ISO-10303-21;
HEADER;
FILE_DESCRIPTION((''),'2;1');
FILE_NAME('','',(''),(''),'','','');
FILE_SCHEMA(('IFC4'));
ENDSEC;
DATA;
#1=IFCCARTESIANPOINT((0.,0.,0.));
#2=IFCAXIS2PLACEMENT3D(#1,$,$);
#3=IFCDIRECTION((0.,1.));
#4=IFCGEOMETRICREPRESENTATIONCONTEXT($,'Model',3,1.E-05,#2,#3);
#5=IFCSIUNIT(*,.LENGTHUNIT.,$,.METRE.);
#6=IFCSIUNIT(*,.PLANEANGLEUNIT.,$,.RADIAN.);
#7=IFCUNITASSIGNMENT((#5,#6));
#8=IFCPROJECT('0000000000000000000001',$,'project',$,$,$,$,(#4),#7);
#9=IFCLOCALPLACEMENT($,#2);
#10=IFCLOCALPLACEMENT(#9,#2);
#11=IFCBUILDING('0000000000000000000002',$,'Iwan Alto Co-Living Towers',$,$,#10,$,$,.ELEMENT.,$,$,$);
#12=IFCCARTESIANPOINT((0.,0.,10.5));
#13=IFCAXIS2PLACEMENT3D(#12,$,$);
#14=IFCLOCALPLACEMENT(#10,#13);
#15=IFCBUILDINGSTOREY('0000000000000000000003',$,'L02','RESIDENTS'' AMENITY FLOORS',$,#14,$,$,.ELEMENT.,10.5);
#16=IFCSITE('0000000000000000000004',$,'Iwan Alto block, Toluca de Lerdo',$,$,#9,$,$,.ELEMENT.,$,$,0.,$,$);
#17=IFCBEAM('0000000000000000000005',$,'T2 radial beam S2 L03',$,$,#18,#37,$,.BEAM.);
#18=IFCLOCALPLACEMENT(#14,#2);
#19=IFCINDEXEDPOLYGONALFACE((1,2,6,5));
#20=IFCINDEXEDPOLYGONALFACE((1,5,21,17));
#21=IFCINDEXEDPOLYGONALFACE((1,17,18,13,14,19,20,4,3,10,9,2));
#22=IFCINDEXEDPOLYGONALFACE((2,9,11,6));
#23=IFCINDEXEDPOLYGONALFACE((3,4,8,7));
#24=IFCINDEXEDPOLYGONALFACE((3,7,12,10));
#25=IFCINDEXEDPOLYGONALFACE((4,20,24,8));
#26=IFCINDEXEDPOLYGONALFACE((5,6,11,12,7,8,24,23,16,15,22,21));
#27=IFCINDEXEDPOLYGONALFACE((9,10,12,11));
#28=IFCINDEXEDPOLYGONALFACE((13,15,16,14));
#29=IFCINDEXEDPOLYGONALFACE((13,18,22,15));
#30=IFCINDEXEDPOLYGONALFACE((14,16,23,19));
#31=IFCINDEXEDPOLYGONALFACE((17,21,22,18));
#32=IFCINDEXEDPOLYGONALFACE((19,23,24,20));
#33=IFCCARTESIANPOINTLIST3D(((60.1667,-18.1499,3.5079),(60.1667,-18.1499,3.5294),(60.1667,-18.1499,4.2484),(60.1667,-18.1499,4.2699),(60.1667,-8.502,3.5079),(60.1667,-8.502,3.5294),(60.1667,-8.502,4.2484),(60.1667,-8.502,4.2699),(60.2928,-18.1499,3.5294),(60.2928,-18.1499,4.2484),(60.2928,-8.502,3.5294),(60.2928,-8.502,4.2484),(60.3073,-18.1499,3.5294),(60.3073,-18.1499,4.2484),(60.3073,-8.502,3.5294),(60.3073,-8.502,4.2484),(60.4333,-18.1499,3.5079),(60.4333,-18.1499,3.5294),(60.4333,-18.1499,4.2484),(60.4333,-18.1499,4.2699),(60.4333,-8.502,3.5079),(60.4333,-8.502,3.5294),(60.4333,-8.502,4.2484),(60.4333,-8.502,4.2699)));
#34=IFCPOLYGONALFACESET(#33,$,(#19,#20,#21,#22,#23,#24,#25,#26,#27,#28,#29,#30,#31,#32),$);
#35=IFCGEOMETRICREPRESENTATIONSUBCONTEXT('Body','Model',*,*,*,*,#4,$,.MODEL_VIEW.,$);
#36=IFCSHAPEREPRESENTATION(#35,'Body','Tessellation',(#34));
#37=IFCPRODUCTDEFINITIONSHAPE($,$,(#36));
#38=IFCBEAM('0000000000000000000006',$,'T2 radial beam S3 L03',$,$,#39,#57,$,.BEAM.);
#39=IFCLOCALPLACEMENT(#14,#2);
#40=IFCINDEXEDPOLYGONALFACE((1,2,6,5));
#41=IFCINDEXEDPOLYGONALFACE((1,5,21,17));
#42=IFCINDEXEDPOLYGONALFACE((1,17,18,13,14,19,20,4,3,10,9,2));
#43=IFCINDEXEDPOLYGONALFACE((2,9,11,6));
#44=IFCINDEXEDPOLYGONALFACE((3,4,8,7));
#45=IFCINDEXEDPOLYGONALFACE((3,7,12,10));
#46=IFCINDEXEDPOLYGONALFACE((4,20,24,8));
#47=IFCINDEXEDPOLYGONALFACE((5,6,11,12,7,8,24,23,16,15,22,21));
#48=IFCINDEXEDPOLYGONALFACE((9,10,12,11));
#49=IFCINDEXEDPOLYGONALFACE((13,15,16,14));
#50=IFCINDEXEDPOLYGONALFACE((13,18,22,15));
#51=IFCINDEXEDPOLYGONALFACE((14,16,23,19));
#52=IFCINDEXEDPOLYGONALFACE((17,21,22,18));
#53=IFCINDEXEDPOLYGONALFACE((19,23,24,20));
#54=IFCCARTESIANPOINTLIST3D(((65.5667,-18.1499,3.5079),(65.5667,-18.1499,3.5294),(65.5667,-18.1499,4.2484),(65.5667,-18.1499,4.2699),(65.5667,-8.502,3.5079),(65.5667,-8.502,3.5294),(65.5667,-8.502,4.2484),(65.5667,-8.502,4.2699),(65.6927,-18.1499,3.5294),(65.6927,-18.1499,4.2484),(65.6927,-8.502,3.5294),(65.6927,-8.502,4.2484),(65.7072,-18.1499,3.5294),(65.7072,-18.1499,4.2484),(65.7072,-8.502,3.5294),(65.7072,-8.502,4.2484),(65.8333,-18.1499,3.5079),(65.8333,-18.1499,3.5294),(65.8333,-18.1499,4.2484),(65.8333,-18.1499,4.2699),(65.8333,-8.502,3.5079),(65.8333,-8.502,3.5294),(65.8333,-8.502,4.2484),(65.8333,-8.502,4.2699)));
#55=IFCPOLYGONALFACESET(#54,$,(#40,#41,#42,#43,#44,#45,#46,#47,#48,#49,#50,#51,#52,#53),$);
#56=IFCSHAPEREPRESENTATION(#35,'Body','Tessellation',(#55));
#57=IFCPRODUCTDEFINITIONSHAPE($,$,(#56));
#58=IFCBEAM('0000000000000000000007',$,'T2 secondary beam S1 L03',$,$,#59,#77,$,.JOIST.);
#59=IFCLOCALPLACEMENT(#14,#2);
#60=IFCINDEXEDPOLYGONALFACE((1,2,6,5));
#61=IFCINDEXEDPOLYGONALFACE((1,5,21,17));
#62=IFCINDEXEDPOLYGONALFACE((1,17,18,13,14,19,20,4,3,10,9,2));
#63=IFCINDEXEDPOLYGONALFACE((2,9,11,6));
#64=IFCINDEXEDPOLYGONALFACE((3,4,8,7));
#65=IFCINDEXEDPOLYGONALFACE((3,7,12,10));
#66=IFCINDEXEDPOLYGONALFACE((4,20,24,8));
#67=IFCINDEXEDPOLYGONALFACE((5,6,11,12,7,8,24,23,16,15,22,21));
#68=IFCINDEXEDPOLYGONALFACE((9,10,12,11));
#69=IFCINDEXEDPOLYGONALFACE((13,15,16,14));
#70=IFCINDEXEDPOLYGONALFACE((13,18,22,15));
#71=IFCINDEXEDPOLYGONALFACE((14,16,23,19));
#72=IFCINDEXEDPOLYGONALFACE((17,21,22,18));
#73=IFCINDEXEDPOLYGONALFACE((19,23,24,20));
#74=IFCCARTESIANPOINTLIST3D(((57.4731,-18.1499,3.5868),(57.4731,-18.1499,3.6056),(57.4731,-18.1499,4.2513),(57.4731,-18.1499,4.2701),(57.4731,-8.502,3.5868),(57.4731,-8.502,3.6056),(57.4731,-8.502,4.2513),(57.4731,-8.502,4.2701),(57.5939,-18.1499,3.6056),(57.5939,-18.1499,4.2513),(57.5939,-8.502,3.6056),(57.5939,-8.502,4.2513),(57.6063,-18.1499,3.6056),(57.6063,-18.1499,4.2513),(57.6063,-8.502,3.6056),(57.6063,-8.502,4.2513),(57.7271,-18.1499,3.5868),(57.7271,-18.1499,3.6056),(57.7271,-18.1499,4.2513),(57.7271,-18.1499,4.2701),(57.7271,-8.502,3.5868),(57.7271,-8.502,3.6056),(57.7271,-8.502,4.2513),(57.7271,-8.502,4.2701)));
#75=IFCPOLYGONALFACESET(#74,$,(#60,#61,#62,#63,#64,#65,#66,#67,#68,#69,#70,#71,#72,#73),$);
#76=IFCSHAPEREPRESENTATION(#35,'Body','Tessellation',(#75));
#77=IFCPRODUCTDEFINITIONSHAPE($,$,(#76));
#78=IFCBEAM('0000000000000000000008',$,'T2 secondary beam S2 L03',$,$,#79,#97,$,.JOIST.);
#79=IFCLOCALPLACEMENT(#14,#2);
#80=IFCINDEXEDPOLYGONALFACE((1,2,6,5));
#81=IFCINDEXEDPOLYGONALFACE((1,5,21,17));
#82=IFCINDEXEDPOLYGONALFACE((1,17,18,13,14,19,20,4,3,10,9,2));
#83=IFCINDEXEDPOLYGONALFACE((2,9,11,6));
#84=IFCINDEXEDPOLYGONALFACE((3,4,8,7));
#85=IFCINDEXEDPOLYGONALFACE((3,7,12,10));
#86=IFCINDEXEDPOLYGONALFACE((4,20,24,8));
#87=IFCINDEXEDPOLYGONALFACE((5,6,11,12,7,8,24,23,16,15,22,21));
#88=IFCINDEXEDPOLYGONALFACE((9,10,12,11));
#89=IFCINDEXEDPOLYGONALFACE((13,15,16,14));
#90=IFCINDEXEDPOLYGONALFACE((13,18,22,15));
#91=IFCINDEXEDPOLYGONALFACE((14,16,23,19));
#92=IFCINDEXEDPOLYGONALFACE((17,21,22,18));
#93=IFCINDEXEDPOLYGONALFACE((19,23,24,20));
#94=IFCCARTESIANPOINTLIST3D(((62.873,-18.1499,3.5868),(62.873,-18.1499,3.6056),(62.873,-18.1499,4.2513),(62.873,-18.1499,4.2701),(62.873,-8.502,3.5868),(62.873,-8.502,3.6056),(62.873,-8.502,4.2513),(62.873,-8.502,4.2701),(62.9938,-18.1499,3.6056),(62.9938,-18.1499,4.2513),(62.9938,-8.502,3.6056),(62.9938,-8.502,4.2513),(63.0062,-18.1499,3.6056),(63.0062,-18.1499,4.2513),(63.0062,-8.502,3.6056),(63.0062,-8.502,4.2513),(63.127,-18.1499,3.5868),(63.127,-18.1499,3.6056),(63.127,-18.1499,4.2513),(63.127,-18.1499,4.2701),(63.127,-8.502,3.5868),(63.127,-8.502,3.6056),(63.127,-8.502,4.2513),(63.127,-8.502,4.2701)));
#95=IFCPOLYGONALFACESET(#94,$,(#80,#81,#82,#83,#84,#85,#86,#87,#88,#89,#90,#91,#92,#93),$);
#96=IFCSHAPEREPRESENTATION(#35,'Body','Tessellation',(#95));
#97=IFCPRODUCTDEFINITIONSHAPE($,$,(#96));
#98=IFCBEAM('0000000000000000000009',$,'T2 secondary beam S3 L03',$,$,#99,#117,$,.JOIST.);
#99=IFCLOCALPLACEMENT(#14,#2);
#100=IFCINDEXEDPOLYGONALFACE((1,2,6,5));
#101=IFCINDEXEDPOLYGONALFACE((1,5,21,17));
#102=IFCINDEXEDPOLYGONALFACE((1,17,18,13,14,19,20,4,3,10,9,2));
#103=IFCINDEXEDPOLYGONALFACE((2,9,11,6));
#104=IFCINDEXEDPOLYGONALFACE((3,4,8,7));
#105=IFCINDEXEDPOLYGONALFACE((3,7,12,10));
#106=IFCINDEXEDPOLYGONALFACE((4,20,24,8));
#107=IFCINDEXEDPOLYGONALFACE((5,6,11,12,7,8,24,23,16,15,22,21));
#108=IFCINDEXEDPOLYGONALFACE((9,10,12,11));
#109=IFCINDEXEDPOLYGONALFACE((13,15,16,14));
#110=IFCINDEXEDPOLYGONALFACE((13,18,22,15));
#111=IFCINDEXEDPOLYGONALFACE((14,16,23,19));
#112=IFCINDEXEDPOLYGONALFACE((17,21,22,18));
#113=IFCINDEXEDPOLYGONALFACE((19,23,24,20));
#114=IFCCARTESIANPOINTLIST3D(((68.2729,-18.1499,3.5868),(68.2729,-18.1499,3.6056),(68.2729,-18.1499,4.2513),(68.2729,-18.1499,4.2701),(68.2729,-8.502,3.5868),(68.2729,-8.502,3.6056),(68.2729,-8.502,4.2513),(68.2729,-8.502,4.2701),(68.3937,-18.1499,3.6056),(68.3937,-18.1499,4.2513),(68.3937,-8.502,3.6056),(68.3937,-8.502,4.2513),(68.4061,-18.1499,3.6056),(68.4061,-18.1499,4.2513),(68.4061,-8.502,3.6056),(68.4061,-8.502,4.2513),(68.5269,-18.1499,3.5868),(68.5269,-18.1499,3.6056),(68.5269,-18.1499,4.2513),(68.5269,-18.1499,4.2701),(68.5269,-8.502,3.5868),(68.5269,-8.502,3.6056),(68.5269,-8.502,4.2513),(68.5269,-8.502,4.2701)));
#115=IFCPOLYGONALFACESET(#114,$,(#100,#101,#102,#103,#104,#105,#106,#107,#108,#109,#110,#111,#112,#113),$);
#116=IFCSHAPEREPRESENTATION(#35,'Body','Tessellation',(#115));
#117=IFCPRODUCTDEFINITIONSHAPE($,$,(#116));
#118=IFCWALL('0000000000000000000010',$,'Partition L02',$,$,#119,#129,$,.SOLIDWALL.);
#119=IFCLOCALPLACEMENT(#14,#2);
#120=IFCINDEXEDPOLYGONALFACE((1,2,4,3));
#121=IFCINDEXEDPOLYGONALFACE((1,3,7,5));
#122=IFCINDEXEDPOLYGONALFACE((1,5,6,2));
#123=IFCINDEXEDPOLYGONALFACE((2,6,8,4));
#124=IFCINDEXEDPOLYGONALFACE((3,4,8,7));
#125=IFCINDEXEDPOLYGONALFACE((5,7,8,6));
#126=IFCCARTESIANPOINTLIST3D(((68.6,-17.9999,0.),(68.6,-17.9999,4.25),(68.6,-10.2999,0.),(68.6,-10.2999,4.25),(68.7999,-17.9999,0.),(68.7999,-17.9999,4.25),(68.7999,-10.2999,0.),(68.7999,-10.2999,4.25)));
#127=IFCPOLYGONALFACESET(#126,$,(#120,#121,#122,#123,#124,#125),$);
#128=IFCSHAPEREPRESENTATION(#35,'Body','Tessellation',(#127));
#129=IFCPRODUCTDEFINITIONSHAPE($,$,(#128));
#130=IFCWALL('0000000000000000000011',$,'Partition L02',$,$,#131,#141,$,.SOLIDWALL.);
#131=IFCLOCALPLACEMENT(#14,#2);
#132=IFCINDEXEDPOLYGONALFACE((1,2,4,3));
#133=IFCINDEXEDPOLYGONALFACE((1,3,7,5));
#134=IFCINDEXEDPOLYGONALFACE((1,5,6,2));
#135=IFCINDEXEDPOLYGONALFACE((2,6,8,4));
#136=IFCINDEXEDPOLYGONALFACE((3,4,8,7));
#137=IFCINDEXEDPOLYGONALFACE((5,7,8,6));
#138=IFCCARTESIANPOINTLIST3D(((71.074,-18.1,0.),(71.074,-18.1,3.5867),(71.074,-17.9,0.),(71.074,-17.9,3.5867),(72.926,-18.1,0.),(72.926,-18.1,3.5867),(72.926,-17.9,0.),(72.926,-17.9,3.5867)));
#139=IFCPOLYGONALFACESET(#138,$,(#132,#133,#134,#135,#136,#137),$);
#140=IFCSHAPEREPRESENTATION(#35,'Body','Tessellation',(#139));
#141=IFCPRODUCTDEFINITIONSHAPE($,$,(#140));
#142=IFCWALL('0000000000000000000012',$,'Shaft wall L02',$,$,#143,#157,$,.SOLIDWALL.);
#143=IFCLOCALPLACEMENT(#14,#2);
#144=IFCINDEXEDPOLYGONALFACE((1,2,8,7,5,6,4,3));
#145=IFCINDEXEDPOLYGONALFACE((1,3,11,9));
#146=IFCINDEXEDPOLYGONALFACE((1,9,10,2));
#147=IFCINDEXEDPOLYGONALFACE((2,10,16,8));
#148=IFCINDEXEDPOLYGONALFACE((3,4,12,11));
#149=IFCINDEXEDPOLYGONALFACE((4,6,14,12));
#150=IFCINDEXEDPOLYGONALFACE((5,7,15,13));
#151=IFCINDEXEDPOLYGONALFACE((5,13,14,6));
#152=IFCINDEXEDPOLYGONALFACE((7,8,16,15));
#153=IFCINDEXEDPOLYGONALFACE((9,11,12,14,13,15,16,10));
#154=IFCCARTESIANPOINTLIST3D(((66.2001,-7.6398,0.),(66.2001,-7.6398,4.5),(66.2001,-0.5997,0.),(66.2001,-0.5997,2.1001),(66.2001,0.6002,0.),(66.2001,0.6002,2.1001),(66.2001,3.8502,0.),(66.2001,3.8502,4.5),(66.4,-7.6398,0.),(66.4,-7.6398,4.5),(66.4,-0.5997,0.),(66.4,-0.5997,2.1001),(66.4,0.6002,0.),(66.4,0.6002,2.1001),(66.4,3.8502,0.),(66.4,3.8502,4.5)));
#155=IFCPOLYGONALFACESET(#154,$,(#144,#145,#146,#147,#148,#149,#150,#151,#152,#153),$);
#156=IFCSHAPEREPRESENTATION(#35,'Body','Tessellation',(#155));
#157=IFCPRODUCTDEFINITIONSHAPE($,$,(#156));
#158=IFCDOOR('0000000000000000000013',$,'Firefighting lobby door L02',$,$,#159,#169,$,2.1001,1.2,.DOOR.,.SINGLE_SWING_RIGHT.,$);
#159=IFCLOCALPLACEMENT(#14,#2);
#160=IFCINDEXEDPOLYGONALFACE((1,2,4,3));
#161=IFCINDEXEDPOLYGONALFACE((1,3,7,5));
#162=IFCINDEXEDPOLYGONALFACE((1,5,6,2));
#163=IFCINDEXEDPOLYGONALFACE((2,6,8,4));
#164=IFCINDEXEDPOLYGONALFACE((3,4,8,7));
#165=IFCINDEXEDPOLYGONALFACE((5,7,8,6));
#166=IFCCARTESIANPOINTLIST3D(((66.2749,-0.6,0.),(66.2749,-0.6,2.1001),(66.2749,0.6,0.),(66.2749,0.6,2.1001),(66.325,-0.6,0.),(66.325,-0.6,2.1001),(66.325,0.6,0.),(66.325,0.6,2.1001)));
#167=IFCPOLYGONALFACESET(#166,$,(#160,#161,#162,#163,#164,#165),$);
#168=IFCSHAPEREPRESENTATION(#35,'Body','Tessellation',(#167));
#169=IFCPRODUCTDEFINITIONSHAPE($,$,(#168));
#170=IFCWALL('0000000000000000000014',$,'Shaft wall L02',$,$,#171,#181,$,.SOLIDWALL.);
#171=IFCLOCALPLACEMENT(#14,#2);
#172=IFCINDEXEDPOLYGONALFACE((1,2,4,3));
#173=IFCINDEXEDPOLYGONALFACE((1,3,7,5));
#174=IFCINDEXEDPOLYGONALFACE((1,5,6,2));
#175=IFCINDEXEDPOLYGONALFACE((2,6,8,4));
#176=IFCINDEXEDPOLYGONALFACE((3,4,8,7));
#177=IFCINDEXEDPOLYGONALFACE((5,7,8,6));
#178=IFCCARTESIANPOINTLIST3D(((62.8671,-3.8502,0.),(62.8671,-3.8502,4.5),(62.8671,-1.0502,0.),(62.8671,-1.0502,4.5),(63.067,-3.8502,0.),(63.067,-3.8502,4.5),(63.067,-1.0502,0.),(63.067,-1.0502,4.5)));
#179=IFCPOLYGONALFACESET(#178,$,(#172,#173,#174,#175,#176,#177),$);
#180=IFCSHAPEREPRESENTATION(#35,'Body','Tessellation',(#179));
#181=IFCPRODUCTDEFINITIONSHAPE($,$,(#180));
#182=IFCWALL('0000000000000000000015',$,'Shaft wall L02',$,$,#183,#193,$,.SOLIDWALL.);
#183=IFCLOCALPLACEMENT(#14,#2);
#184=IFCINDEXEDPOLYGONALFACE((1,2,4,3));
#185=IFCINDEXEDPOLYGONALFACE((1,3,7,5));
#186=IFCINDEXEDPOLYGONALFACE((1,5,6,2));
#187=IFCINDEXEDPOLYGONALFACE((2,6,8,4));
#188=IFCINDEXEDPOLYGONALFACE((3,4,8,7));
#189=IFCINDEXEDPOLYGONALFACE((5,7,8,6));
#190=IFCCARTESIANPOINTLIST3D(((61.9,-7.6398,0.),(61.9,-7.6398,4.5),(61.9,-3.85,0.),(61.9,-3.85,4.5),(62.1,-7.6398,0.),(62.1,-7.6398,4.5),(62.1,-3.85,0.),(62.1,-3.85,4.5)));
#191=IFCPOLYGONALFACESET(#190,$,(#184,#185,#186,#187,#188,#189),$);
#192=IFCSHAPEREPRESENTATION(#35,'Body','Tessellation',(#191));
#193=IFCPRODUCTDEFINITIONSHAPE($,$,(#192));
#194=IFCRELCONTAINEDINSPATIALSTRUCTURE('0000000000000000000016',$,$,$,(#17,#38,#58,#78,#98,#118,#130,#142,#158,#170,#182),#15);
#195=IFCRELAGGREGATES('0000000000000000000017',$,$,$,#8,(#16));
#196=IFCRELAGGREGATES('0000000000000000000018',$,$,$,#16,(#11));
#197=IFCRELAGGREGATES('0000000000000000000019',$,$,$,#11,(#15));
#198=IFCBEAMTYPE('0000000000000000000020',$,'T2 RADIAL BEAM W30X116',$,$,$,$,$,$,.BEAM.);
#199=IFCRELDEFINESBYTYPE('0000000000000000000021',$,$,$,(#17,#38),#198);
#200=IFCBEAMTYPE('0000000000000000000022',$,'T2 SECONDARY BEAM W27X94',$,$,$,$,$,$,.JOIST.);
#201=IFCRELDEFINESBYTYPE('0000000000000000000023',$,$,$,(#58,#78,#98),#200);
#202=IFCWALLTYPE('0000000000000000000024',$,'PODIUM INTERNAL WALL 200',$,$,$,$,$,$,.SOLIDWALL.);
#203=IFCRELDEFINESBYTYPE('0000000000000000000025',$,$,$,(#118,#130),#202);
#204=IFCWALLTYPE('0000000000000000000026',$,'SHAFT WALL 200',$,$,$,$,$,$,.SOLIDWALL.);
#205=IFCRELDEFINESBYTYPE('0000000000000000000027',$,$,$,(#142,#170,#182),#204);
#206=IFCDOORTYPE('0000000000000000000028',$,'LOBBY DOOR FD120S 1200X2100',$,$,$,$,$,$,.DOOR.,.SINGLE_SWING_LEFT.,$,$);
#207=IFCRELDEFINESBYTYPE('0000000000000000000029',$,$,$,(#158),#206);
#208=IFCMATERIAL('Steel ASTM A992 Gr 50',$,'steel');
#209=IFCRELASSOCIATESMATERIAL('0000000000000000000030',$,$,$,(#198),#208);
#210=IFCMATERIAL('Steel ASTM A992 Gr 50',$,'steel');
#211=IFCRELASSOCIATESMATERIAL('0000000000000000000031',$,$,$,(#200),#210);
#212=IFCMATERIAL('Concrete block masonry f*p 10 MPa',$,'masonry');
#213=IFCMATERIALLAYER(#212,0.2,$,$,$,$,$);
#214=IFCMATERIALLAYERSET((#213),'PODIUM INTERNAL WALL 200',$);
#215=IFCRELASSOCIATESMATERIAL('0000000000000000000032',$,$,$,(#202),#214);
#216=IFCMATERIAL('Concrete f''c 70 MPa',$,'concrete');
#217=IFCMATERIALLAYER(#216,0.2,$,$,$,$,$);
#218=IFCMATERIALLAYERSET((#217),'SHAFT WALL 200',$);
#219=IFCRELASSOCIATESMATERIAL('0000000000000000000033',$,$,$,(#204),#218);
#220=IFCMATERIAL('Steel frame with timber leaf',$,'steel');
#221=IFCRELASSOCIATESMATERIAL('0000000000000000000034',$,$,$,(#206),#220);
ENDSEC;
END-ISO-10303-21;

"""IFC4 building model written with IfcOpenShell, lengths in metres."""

from ifc_helpers import new_model, si_unit, direction, frame, frame_2d, origin, origin_2d, place, context, subcontext, project, spatial, rectangle, i_section, extrude, material, layer, layer_set, material_profile, profile_set, type_object, element, fill, save


model = new_model("IFC4")

# Units and contexts
model_context = context("Model", 3, precision=1e-05, world=origin(), true_north=direction((0.0, 1.0)))
body_context = subcontext(model_context, "Body", "Model", "MODEL_VIEW")
ifc_project = project(units=[si_unit("LENGTHUNIT", "METRE"), si_unit("PLANEANGLEUNIT", "RADIAN")], contexts=[model_context])

# Site, building, storey
site_placement = place(None, origin())
site = spatial("IfcSite", under=ifc_project, at=site_placement, Name="Iwan Alto block, Toluca de Lerdo", CompositionType="ELEMENT", RefElevation=0.0)
building_placement = place(site_placement, origin())
building = spatial("IfcBuilding", under=site, at=building_placement, Name="Iwan Alto Co-Living Towers", CompositionType="ELEMENT")
storey_placement = place(building_placement, frame((0.0, 0.0, 10.5)))
storey = spatial("IfcBuildingStorey", under=building, at=storey_placement, Name="L02", Description="RESIDENTS' AMENITY FLOORS", CompositionType="ELEMENT", Elevation=10.5)

# Beams
ifc_material_1 = material(Name="Steel ASTM A992 Gr 50", Category="steel")
ifc_material_profile_1 = material_profile(ifc_material_1, i_section(OverallWidth=0.2666, OverallDepth=0.762, WebThickness=0.0144, FlangeThickness=0.0215, at=origin_2d()), Name="W30X116")
ifc_profile_set_1 = profile_set([ifc_material_profile_1], Name="Steel ASTM A992 Gr 50")
beam_type_1 = type_object("IfcBeamType", Name="T2 RADIAL BEAM W30X116", PredefinedType="BEAM", material=ifc_profile_set_1)
for number, where, z_axis, x_axis, name in (
    (1, (60.3, -18.1499, 3.8889), (0.0, 1.0, 0.0), (-1.0, 0.0, 0.0), "T2 radial beam S2 L03"),
    (2, (65.7, -18.1499, 3.8889), (0.0, 1.0, 0.0), (-1.0, 0.0, 0.0), "T2 radial beam S3 L03"),
):
    element("IfcBeam", number, at=place(storey_placement, frame(where, z_axis=z_axis, x_axis=x_axis)), inside=storey, type_object=beam_type_1, Name=name, PredefinedType="BEAM", context=body_context, shape_type="SweptSolid", body=[
        extrude(i_section(OverallWidth=0.2666, OverallDepth=0.762, WebThickness=0.0144, FlangeThickness=0.0215, at=origin_2d()), origin(), (0.0, 0.0, 1.0), 9.6479),
    ])
ifc_material_2 = material(Name="Steel ASTM A992 Gr 50", Category="steel")
ifc_material_profile_2 = material_profile(ifc_material_2, i_section(OverallWidth=0.2539, OverallDepth=0.6833, WebThickness=0.0125, FlangeThickness=0.0188, at=origin_2d()), Name="W27X94")
ifc_profile_set_2 = profile_set([ifc_material_profile_2], Name="Steel ASTM A992 Gr 50")
beam_type_2 = type_object("IfcBeamType", Name="T2 SECONDARY BEAM W27X94", PredefinedType="JOIST", material=ifc_profile_set_2)
for number, where, z_axis, x_axis, name in (
    (3, (57.6001, -18.1499, 3.9285), (0.0, 1.0, 0.0), (-1.0, 0.0, 0.0), "T2 secondary beam S1 L03"),
    (4, (63.0, -18.1499, 3.9285), (0.0, 1.0, 0.0), (-1.0, 0.0, 0.0), "T2 secondary beam S2 L03"),
    (5, (68.3999, -18.1499, 3.9285), (0.0, 1.0, 0.0), (-1.0, 0.0, 0.0), "T2 secondary beam S3 L03"),
):
    element("IfcBeam", number, at=place(storey_placement, frame(where, z_axis=z_axis, x_axis=x_axis)), inside=storey, type_object=beam_type_2, Name=name, PredefinedType="JOIST", context=body_context, shape_type="SweptSolid", body=[
        extrude(i_section(OverallWidth=0.2539, OverallDepth=0.6833, WebThickness=0.0125, FlangeThickness=0.0188, at=origin_2d()), origin(), (0.0, 0.0, 1.0), 9.6479),
    ])

# Walls
ifc_material_3 = material(Name="Concrete block masonry f*p 10 MPa", Category="masonry")
ifc_layer_1 = layer(ifc_material_3, 0.2)
ifc_layer_set_1 = layer_set([ifc_layer_1], Name="PODIUM INTERNAL WALL 200")
wall_type_1 = type_object("IfcWallType", Name="PODIUM INTERNAL WALL 200", PredefinedType="SOLIDWALL", material=ifc_layer_set_1)
wall_1_placement = place(storey_placement, frame((68.7, -18.0, 0.0), z_axis=(0.0, 0.0, 1.0), x_axis=(0.0, 1.0, 0.0)))
element("IfcWall", 6, at=wall_1_placement, inside=storey, type_object=wall_type_1, Name="Partition L02", PredefinedType="SOLIDWALL", context=body_context, shape_type="SweptSolid", body=[
    extrude(rectangle(XDim=7.7, YDim=0.2, at=frame_2d((3.8501, 0.0))), origin(), (0.0, 0.0, 1.0), 4.25),
])
wall_2_placement = place(storey_placement, frame((71.074, -18.0, 0.0), z_axis=(0.0, 0.0, 1.0), x_axis=(1.0, 0.0, 0.0)))
element("IfcWall", 7, at=wall_2_placement, inside=storey, type_object=wall_type_1, Name="Partition L02", PredefinedType="SOLIDWALL", context=body_context, shape_type="SweptSolid", body=[
    extrude(rectangle(XDim=1.8521, YDim=0.2, at=frame_2d((0.926, 0.0))), origin(), (0.0, 0.0, 1.0), 3.5867),
])

# Wall, opening, door
ifc_material_4 = material(Name="Concrete f'c 70 MPa", Category="concrete")
ifc_layer_2 = layer(ifc_material_4, 0.2)
ifc_layer_set_2 = layer_set([ifc_layer_2], Name="SHAFT WALL 200")
wall_type_2 = type_object("IfcWallType", Name="SHAFT WALL 200", PredefinedType="SOLIDWALL", material=ifc_layer_set_2)
wall_3_placement = place(storey_placement, frame((66.3, -7.6399, 0.0), z_axis=(0.0, 0.0, 1.0), x_axis=(0.0, 1.0, 0.0)))
wall_3 = element("IfcWall", 8, at=wall_3_placement, inside=storey, type_object=wall_type_2, Name="Shaft wall L02", PredefinedType="SOLIDWALL", context=body_context, shape_type="SweptSolid", body=[
    extrude(rectangle(XDim=11.49, YDim=0.2, at=frame_2d((5.7451, 0.0))), origin(), (0.0, 0.0, 1.0), 4.5),
])
opening_1_placement = place(wall_3_placement, frame((7.04, 0.0, 0.0)))
opening_1 = element("IfcOpeningElement", 9, at=opening_1_placement, cuts=wall_3, PredefinedType="OPENING", context=body_context, shape_type="SweptSolid", body=[
    extrude(rectangle(XDim=1.2, YDim=2.1001, at=frame_2d((0.6001, 1.05))), frame((0.0, 0.1099, 0.0), z_axis=(0.0, -1.0, 0.0), x_axis=(1.0, 0.0, 0.0)), (0.0, 0.0, 1.0), 0.22),
])
ifc_material_5 = material(Name="Steel frame with timber leaf", Category="steel")
door_type_1 = type_object("IfcDoorType", Name="LOBBY DOOR FD120S 1200X2100", OperationType="SINGLE_SWING_LEFT", PredefinedType="DOOR", material=ifc_material_5)
door_1_placement = place(opening_1_placement, frame((1.2, 0.0, 0.0), z_axis=(0.0, 0.0, 1.0), x_axis=(-1.0, 0.0, 0.0)))
door_1 = element("IfcDoor", 10, at=door_1_placement, inside=storey, type_object=door_type_1, Name="Firefighting lobby door L02", OperationType="SINGLE_SWING_RIGHT", OverallHeight=2.1001, OverallWidth=1.2, PredefinedType="DOOR", context=body_context, shape_type="SweptSolid", body=[
    extrude(rectangle(XDim=1.2, YDim=2.1001, at=frame_2d((0.6001, 1.05))), frame((0.0, 0.0249, 0.0), z_axis=(0.0, -1.0, 0.0), x_axis=(1.0, 0.0, 0.0)), (0.0, 0.0, 1.0), 0.05),
])
fill(opening_1, door_1)

# Walls
wall_4_placement = place(storey_placement, frame((62.967, -3.8501, 0.0), z_axis=(0.0, 0.0, 1.0), x_axis=(0.0, 1.0, 0.0)))
element("IfcWall", 11, at=wall_4_placement, inside=storey, type_object=wall_type_2, Name="Shaft wall L02", PredefinedType="SOLIDWALL", context=body_context, shape_type="SweptSolid", body=[
    extrude(rectangle(XDim=2.8, YDim=0.2, at=frame_2d((1.3999, 0.0))), origin(), (0.0, 0.0, 1.0), 4.5),
])
wall_5_placement = place(storey_placement, frame((62.0, -7.6399, 0.0), z_axis=(0.0, 0.0, 1.0), x_axis=(0.0, 1.0, 0.0)))
element("IfcWall", 12, at=wall_5_placement, inside=storey, type_object=wall_type_2, Name="Shaft wall L02", PredefinedType="SOLIDWALL", context=body_context, shape_type="SweptSolid", body=[
    extrude(rectangle(XDim=3.7898, YDim=0.2, at=frame_2d((1.895, 0.0))), origin(), (0.0, 0.0, 1.0), 4.5),
])

save(model, "model.ifc")
